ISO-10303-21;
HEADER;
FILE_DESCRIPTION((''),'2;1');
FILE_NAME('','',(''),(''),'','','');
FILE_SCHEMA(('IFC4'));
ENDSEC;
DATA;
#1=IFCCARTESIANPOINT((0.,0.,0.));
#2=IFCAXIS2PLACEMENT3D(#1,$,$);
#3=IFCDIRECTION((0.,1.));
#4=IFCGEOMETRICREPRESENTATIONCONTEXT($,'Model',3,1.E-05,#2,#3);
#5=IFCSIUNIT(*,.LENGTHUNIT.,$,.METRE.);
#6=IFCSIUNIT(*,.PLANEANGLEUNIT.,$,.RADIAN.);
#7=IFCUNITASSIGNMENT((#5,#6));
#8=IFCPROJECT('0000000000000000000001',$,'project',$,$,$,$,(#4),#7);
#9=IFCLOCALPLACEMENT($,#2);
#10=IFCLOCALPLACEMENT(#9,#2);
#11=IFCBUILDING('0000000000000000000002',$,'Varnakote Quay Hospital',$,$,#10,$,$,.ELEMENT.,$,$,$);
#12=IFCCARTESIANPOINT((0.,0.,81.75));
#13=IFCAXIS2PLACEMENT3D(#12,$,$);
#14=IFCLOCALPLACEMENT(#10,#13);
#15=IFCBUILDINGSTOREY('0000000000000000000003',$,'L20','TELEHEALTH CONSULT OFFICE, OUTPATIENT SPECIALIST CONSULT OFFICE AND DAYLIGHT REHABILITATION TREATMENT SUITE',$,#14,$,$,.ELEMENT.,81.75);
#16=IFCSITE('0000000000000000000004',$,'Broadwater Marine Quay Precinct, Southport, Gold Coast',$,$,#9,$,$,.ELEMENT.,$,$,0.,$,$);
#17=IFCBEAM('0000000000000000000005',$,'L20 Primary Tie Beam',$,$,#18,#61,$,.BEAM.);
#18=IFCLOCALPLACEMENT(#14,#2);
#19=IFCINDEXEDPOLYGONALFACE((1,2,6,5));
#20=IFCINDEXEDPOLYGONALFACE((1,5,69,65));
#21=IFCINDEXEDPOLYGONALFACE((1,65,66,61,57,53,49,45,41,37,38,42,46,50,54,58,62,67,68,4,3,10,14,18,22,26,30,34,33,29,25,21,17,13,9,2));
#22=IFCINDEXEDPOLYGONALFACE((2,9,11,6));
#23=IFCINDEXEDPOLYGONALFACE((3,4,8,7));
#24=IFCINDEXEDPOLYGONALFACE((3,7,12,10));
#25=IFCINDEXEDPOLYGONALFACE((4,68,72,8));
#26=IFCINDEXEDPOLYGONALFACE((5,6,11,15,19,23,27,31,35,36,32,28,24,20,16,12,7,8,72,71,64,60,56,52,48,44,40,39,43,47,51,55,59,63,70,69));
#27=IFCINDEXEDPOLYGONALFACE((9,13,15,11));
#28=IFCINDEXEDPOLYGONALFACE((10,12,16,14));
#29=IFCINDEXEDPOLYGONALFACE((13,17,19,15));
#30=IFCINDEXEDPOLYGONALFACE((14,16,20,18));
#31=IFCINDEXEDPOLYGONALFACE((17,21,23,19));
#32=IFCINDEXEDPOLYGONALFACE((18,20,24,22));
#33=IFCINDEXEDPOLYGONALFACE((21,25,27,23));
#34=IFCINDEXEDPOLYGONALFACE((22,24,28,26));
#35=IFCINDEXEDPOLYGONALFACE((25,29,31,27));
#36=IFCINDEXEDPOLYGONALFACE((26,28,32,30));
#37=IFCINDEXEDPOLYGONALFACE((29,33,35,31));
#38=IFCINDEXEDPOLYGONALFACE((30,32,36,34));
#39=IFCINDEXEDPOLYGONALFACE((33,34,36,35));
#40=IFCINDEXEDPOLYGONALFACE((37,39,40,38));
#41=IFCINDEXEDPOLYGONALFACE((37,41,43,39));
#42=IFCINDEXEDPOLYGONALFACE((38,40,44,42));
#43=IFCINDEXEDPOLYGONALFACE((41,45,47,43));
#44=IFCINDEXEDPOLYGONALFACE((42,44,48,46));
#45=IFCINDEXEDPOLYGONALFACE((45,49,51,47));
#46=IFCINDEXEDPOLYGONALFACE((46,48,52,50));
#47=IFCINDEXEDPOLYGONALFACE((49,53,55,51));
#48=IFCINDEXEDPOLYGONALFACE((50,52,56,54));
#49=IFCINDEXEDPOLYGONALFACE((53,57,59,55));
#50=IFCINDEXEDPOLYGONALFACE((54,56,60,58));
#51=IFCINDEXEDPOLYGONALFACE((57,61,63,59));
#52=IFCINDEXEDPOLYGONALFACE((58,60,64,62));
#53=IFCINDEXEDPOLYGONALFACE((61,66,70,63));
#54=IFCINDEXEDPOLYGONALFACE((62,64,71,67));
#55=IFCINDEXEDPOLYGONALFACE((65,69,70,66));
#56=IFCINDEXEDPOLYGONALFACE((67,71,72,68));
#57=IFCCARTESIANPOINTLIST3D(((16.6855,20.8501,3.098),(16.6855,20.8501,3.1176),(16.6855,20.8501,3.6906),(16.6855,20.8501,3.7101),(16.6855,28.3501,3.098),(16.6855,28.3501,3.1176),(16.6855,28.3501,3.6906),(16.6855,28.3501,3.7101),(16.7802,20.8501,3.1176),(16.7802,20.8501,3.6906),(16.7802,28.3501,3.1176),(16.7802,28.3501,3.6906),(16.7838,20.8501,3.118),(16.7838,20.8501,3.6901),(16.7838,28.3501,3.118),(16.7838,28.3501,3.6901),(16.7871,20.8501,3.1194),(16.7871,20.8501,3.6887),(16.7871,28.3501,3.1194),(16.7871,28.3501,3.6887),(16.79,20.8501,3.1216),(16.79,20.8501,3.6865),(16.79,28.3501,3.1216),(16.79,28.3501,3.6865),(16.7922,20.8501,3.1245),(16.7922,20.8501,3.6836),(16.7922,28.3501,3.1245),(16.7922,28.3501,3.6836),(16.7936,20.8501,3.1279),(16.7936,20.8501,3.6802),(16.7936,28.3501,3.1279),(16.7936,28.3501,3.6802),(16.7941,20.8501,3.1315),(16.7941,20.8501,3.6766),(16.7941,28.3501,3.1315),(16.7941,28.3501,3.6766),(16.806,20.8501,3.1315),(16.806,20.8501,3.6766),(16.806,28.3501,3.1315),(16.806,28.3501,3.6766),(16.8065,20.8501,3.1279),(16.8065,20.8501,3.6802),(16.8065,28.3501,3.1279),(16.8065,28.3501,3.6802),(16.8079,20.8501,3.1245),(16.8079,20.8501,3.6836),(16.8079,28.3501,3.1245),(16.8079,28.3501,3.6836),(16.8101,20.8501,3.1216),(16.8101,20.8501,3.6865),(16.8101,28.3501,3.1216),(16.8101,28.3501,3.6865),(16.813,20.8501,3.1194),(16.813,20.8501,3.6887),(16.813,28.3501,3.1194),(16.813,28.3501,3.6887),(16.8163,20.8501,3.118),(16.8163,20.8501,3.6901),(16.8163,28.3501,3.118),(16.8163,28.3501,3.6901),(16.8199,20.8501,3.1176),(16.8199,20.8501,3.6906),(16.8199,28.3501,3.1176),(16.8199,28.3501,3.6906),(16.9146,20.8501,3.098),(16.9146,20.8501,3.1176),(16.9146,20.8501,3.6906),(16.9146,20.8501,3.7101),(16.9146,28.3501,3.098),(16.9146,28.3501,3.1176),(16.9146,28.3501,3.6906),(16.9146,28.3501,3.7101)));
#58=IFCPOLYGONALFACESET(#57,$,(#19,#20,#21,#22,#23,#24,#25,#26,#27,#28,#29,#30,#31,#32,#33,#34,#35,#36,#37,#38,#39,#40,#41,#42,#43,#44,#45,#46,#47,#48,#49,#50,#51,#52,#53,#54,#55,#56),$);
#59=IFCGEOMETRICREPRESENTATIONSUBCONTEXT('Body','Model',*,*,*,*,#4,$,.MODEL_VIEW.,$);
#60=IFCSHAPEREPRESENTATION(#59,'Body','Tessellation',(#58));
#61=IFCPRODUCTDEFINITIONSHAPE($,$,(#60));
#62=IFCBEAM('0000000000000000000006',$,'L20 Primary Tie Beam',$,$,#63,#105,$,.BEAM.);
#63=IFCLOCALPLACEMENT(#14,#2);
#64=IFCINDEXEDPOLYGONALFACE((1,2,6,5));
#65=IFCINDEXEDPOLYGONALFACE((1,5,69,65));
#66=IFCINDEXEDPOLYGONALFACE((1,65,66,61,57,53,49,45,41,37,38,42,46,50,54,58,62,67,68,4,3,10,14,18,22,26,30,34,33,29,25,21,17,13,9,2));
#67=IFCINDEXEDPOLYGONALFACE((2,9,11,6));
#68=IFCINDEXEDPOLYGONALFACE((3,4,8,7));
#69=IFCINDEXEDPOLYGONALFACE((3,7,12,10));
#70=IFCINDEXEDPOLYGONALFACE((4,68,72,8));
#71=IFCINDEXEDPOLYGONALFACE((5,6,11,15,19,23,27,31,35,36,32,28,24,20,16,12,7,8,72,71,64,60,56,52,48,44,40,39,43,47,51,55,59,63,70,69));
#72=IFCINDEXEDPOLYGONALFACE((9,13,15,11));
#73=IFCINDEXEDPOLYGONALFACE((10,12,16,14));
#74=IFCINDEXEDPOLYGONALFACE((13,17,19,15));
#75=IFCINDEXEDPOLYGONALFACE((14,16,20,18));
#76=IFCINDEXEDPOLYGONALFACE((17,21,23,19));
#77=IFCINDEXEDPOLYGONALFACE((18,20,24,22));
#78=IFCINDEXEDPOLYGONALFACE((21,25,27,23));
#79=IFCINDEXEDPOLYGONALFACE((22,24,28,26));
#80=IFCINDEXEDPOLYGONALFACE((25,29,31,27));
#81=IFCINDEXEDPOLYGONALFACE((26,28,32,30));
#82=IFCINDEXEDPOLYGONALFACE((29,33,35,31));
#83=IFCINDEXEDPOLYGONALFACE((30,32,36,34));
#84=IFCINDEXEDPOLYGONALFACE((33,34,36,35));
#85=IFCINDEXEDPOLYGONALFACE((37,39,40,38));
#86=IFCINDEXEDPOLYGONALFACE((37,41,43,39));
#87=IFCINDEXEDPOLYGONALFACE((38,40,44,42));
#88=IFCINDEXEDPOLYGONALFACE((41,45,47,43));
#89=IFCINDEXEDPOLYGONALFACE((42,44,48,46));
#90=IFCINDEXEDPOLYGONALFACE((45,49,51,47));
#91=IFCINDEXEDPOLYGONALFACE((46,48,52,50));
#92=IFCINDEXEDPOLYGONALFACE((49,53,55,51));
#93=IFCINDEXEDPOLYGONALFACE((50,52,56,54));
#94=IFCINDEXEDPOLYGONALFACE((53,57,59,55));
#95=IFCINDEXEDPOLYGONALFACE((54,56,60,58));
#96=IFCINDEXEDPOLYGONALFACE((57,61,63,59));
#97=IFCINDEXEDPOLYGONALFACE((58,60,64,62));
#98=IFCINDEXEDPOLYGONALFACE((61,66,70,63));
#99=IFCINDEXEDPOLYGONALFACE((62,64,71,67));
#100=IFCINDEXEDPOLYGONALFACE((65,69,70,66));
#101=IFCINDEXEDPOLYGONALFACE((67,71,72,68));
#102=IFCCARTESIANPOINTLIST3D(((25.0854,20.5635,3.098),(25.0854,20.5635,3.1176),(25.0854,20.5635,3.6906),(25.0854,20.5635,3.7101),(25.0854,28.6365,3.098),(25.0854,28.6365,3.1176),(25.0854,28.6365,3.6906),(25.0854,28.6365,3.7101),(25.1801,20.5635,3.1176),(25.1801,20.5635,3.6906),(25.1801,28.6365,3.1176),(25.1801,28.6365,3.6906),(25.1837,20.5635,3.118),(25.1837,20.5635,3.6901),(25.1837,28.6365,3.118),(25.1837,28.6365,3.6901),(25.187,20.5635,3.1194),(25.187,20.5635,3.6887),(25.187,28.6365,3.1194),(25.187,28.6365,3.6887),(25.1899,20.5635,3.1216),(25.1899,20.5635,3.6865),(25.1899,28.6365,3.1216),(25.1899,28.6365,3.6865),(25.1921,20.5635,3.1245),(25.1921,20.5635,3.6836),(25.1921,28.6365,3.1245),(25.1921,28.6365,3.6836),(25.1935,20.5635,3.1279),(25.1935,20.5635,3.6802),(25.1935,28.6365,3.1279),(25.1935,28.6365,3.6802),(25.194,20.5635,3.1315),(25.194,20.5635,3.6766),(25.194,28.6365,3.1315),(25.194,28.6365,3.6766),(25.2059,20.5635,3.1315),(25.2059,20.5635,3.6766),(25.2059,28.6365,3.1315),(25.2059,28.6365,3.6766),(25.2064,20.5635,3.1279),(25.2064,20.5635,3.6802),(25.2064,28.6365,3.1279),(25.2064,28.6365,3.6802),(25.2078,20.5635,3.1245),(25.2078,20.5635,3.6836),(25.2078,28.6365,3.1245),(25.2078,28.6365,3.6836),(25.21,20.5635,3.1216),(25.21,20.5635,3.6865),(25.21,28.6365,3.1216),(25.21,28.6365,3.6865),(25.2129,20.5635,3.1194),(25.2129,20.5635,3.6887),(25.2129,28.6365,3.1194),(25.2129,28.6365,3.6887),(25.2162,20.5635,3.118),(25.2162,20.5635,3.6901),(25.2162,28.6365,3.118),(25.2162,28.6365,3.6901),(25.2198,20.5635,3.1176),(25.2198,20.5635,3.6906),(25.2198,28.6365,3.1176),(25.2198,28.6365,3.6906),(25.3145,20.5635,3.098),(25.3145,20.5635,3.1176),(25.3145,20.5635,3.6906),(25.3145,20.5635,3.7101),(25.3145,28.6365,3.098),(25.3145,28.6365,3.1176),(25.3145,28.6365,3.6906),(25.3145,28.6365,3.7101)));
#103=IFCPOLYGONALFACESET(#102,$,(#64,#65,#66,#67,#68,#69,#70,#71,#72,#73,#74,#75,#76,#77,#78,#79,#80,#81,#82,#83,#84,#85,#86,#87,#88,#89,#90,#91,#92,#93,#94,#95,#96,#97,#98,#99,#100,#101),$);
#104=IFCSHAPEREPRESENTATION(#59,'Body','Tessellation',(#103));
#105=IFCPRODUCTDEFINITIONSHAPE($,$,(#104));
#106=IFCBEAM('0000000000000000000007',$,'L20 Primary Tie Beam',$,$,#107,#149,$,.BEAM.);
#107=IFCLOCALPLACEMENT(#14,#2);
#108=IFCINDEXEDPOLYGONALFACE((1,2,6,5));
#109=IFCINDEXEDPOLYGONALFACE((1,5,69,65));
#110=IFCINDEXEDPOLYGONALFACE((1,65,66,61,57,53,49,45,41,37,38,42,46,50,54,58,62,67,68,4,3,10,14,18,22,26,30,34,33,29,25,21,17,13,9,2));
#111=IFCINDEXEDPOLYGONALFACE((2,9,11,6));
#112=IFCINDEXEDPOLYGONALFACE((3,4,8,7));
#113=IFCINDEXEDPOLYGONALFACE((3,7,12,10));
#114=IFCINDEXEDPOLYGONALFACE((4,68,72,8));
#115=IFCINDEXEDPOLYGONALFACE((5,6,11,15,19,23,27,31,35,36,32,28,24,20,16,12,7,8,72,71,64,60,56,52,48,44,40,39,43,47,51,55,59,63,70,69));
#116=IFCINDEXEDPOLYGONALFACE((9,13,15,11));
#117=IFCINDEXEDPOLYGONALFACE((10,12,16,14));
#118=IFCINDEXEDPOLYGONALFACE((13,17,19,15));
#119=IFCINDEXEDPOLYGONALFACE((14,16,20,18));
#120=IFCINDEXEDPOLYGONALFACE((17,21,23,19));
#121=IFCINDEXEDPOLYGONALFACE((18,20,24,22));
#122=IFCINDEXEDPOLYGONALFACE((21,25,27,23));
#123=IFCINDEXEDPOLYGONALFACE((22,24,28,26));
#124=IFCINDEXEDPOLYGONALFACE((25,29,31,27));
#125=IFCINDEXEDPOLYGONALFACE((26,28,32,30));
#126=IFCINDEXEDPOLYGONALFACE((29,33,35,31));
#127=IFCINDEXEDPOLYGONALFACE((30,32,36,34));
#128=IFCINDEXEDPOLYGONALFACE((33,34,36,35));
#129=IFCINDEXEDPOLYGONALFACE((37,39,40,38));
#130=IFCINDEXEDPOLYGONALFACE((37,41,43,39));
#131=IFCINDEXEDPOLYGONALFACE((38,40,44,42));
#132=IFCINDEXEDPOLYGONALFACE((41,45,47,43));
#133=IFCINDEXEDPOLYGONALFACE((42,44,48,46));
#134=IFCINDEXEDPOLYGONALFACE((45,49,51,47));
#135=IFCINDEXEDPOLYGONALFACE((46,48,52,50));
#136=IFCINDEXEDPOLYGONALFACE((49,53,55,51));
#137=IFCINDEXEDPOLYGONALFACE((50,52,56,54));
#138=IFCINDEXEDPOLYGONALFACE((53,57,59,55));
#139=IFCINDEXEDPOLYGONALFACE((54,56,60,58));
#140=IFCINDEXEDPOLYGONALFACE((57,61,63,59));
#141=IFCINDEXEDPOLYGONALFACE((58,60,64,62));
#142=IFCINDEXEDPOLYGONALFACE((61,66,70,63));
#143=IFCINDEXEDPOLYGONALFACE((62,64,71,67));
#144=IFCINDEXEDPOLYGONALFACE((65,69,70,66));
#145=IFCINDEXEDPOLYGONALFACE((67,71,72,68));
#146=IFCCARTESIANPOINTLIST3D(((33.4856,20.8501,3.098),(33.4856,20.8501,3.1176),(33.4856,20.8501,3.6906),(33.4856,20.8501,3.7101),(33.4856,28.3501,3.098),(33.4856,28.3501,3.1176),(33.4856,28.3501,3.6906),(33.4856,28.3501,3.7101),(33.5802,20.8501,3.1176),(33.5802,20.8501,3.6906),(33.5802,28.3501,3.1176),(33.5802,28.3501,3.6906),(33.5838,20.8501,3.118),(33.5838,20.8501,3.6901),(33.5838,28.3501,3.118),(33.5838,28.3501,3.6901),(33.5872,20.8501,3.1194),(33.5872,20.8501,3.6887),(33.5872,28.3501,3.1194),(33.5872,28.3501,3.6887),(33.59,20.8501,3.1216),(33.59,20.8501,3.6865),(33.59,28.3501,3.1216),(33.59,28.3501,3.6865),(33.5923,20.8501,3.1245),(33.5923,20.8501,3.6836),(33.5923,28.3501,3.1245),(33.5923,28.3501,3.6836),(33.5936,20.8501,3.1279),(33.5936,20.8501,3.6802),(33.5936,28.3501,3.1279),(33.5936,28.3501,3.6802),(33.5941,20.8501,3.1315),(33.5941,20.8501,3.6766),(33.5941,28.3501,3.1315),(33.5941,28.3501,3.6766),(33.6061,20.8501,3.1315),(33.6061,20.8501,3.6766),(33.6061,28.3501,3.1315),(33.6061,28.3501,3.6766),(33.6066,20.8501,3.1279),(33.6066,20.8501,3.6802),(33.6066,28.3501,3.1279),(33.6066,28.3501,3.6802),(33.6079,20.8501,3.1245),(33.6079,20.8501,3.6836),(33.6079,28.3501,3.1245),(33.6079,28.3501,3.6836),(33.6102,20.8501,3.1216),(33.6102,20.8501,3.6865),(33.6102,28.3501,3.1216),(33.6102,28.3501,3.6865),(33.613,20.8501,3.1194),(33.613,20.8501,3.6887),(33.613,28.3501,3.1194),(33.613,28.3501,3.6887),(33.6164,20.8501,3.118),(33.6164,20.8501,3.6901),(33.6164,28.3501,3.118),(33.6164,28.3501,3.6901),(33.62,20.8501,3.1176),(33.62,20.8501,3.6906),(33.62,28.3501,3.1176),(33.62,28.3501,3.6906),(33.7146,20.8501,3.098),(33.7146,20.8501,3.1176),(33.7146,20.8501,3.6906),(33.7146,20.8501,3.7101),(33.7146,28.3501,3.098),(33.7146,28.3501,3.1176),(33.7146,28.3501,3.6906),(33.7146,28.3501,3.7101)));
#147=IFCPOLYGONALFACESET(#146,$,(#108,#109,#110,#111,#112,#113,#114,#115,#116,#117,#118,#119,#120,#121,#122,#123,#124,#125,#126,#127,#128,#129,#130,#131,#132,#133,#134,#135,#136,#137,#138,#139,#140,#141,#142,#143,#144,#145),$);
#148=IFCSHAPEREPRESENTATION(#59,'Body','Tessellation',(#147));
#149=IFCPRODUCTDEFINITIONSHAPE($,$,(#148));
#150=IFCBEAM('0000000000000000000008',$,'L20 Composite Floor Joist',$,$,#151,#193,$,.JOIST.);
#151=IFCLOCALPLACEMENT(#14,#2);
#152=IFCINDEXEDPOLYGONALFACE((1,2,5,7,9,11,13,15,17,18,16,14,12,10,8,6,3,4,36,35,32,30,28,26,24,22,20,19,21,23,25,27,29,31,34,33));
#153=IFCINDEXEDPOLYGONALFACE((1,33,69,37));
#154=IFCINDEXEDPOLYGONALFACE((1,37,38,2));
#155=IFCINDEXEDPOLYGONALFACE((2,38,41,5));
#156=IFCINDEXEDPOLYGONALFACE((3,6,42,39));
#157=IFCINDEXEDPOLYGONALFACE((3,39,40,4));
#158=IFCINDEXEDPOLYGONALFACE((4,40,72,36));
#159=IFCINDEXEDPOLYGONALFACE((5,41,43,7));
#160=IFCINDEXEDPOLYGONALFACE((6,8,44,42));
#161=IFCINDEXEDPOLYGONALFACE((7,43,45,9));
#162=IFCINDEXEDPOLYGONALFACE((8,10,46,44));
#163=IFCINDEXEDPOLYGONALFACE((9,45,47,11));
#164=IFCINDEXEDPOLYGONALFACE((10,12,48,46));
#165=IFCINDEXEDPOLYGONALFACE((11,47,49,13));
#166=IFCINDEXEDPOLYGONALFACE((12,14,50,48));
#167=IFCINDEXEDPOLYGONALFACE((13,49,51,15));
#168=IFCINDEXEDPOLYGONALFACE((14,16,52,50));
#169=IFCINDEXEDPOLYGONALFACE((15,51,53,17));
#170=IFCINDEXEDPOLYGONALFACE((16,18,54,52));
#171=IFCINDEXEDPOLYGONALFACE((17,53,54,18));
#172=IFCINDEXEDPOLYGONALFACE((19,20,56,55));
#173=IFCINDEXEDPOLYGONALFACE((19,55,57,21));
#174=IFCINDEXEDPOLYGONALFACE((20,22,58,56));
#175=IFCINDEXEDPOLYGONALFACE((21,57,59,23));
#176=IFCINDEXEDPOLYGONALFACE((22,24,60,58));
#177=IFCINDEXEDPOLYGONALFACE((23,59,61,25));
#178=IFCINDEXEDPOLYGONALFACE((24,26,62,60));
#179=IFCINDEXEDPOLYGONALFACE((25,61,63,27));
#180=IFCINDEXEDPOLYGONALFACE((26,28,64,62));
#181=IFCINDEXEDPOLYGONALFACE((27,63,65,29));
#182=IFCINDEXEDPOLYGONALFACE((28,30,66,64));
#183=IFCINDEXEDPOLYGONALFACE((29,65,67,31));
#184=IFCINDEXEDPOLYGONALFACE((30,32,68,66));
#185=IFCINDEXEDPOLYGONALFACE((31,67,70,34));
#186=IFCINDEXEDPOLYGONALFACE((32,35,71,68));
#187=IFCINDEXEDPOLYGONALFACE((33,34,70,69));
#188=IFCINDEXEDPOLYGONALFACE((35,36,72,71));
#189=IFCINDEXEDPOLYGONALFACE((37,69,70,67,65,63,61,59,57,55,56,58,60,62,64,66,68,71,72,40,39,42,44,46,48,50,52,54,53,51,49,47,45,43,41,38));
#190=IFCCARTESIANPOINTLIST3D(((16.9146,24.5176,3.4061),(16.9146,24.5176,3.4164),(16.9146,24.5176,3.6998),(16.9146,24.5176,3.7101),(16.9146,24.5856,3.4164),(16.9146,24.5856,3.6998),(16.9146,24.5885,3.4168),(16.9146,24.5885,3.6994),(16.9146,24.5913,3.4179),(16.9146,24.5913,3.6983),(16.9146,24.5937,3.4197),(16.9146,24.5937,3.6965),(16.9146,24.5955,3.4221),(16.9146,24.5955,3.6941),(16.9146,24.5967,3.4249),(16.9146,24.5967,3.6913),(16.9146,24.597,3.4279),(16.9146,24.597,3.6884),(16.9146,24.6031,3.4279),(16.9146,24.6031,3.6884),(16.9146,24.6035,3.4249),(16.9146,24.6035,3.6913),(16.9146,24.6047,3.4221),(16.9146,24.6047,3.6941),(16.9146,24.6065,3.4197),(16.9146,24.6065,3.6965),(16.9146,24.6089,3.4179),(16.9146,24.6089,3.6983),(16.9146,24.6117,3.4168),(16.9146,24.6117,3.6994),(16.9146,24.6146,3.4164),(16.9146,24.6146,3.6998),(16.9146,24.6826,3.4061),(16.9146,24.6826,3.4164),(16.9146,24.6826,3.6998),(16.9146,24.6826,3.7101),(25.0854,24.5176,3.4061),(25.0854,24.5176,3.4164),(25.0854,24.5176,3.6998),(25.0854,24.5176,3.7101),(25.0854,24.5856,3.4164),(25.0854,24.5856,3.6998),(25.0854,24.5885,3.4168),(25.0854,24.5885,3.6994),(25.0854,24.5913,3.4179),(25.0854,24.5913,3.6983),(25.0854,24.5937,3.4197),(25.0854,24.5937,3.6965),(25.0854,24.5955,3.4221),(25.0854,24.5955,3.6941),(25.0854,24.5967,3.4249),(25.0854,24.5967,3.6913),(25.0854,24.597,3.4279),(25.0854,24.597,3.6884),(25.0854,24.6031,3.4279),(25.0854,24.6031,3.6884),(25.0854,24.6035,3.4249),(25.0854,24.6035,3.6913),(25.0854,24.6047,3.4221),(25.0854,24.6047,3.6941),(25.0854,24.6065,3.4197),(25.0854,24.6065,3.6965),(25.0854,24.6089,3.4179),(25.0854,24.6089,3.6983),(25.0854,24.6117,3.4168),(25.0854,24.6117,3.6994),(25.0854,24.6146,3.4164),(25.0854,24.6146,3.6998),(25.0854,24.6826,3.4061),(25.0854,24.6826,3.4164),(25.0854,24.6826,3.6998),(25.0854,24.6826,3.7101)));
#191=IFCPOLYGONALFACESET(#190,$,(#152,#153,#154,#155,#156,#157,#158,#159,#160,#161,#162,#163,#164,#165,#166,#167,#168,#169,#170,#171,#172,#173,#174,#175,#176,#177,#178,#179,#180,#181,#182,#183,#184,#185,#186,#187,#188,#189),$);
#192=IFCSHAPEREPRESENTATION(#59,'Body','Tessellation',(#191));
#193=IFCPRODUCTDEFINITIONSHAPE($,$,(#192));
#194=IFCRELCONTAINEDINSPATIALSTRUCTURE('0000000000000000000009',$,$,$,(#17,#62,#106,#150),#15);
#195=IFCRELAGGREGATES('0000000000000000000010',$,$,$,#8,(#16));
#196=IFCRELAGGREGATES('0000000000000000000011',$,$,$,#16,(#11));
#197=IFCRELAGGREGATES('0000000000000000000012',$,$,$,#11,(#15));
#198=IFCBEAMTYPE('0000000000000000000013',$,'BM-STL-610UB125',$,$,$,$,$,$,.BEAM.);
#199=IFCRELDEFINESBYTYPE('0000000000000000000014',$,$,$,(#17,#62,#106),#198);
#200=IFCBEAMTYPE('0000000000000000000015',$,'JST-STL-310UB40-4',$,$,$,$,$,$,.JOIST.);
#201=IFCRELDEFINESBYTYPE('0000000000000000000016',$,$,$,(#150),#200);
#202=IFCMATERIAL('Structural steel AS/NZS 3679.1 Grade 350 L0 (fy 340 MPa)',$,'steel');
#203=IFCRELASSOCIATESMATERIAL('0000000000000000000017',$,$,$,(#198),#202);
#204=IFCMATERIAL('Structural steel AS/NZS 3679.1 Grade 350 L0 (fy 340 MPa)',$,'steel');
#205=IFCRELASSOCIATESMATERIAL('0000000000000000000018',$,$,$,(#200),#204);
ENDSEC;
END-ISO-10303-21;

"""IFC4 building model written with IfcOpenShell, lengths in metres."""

from ifc_helpers import new_model, si_unit, direction, frame, origin, origin_2d, place, context, subcontext, project, spatial, i_section, extrude, material, material_profile, profile_set, type_object, element, save


model = new_model("IFC4")

# Units and contexts
model_context = context("Model", 3, precision=1e-05, world=origin(), true_north=direction((0.0, 1.0)))
body_context = subcontext(model_context, "Body", "Model", "MODEL_VIEW")
ifc_project = project(units=[si_unit("LENGTHUNIT", "METRE"), si_unit("PLANEANGLEUNIT", "RADIAN")], contexts=[model_context])

# Site, building, storey
site_placement = place(None, origin())
site = spatial("IfcSite", under=ifc_project, at=site_placement, Name="Broadwater Marine Quay Precinct, Southport, Gold Coast", CompositionType="ELEMENT", RefElevation=0.0)
building_placement = place(site_placement, origin())
building = spatial("IfcBuilding", under=site, at=building_placement, Name="Varnakote Quay Hospital", CompositionType="ELEMENT")
storey_placement = place(building_placement, frame((0.0, 0.0, 81.75)))
storey = spatial("IfcBuildingStorey", under=building, at=storey_placement, Name="L20", Description="TELEHEALTH CONSULT OFFICE, OUTPATIENT SPECIALIST CONSULT OFFICE AND DAYLIGHT REHABILITATION TREATMENT SUITE", CompositionType="ELEMENT", Elevation=81.75)

# Beams
ifc_material_1 = material(Name="Structural steel AS/NZS 3679.1 Grade 350 L0 (fy 340 MPa)", Category="steel")
ifc_material_profile_1 = material_profile(ifc_material_1, i_section(OverallWidth=0.229, OverallDepth=0.6121, WebThickness=0.012, FlangeThickness=0.0195, FilletRadius=0.0139, at=origin_2d()), Name="610UB125")
ifc_profile_set_1 = profile_set([ifc_material_profile_1], Name="Structural steel AS/NZS 3679.1 Grade 350 L0 (fy 340 MPa)")
beam_type_1 = type_object("IfcBeamType", Name="BM-STL-610UB125", PredefinedType="BEAM", material=ifc_profile_set_1)
beam_1_placement = place(storey_placement, frame((16.8, 20.8501, 3.4041), z_axis=(0.0, 1.0, 0.0), x_axis=(-1.0, 0.0, 0.0)))
element("IfcBeam", 1, at=beam_1_placement, inside=storey, type_object=beam_type_1, Name="L20 Primary Tie Beam", PredefinedType="BEAM", context=body_context, shape_type="SweptSolid", body=[
    extrude(i_section(OverallWidth=0.229, OverallDepth=0.6121, WebThickness=0.012, FlangeThickness=0.0195, FilletRadius=0.0139, at=origin_2d()), origin(), (0.0, 0.0, 1.0), 7.5),
])
beam_2_placement = place(storey_placement, frame((25.2, 20.5635, 3.4041), z_axis=(0.0, 1.0, 0.0), x_axis=(-1.0, 0.0, 0.0)))
element("IfcBeam", 2, at=beam_2_placement, inside=storey, type_object=beam_type_1, Name="L20 Primary Tie Beam", PredefinedType="BEAM", context=body_context, shape_type="SweptSolid", body=[
    extrude(i_section(OverallWidth=0.229, OverallDepth=0.6121, WebThickness=0.012, FlangeThickness=0.0195, FilletRadius=0.0139, at=origin_2d()), origin(), (0.0, 0.0, 1.0), 8.073),
])
beam_3_placement = place(storey_placement, frame((33.6001, 20.8501, 3.4041), z_axis=(0.0, 1.0, 0.0), x_axis=(-1.0, 0.0, 0.0)))
element("IfcBeam", 3, at=beam_3_placement, inside=storey, type_object=beam_type_1, Name="L20 Primary Tie Beam", PredefinedType="BEAM", context=body_context, shape_type="SweptSolid", body=[
    extrude(i_section(OverallWidth=0.229, OverallDepth=0.6121, WebThickness=0.012, FlangeThickness=0.0195, FilletRadius=0.0139, at=origin_2d()), origin(), (0.0, 0.0, 1.0), 7.5),
])
ifc_material_2 = material(Name="Structural steel AS/NZS 3679.1 Grade 350 L0 (fy 340 MPa)", Category="steel")
ifc_material_profile_2 = material_profile(ifc_material_2, i_section(OverallWidth=0.165, OverallDepth=0.304, WebThickness=0.0061, FlangeThickness=0.0103, FilletRadius=0.0115, at=origin_2d()), Name="310UB40.4")
ifc_profile_set_2 = profile_set([ifc_material_profile_2], Name="Structural steel AS/NZS 3679.1 Grade 350 L0 (fy 340 MPa)")
beam_type_2 = type_object("IfcBeamType", Name="JST-STL-310UB40-4", PredefinedType="JOIST", material=ifc_profile_set_2)
beam_4_placement = place(storey_placement, frame((16.9146, 24.6001, 3.5581), z_axis=(1.0, 0.0, 0.0), x_axis=(0.0, 1.0, 0.0)))
element("IfcBeam", 4, at=beam_4_placement, inside=storey, type_object=beam_type_2, Name="L20 Composite Floor Joist", PredefinedType="JOIST", context=body_context, shape_type="SweptSolid", body=[
    extrude(i_section(OverallWidth=0.165, OverallDepth=0.304, WebThickness=0.0061, FlangeThickness=0.0103, FilletRadius=0.0115, at=origin_2d()), origin(), (0.0, 0.0, 1.0), 8.1709),
])

save(model, "model.ifc")
